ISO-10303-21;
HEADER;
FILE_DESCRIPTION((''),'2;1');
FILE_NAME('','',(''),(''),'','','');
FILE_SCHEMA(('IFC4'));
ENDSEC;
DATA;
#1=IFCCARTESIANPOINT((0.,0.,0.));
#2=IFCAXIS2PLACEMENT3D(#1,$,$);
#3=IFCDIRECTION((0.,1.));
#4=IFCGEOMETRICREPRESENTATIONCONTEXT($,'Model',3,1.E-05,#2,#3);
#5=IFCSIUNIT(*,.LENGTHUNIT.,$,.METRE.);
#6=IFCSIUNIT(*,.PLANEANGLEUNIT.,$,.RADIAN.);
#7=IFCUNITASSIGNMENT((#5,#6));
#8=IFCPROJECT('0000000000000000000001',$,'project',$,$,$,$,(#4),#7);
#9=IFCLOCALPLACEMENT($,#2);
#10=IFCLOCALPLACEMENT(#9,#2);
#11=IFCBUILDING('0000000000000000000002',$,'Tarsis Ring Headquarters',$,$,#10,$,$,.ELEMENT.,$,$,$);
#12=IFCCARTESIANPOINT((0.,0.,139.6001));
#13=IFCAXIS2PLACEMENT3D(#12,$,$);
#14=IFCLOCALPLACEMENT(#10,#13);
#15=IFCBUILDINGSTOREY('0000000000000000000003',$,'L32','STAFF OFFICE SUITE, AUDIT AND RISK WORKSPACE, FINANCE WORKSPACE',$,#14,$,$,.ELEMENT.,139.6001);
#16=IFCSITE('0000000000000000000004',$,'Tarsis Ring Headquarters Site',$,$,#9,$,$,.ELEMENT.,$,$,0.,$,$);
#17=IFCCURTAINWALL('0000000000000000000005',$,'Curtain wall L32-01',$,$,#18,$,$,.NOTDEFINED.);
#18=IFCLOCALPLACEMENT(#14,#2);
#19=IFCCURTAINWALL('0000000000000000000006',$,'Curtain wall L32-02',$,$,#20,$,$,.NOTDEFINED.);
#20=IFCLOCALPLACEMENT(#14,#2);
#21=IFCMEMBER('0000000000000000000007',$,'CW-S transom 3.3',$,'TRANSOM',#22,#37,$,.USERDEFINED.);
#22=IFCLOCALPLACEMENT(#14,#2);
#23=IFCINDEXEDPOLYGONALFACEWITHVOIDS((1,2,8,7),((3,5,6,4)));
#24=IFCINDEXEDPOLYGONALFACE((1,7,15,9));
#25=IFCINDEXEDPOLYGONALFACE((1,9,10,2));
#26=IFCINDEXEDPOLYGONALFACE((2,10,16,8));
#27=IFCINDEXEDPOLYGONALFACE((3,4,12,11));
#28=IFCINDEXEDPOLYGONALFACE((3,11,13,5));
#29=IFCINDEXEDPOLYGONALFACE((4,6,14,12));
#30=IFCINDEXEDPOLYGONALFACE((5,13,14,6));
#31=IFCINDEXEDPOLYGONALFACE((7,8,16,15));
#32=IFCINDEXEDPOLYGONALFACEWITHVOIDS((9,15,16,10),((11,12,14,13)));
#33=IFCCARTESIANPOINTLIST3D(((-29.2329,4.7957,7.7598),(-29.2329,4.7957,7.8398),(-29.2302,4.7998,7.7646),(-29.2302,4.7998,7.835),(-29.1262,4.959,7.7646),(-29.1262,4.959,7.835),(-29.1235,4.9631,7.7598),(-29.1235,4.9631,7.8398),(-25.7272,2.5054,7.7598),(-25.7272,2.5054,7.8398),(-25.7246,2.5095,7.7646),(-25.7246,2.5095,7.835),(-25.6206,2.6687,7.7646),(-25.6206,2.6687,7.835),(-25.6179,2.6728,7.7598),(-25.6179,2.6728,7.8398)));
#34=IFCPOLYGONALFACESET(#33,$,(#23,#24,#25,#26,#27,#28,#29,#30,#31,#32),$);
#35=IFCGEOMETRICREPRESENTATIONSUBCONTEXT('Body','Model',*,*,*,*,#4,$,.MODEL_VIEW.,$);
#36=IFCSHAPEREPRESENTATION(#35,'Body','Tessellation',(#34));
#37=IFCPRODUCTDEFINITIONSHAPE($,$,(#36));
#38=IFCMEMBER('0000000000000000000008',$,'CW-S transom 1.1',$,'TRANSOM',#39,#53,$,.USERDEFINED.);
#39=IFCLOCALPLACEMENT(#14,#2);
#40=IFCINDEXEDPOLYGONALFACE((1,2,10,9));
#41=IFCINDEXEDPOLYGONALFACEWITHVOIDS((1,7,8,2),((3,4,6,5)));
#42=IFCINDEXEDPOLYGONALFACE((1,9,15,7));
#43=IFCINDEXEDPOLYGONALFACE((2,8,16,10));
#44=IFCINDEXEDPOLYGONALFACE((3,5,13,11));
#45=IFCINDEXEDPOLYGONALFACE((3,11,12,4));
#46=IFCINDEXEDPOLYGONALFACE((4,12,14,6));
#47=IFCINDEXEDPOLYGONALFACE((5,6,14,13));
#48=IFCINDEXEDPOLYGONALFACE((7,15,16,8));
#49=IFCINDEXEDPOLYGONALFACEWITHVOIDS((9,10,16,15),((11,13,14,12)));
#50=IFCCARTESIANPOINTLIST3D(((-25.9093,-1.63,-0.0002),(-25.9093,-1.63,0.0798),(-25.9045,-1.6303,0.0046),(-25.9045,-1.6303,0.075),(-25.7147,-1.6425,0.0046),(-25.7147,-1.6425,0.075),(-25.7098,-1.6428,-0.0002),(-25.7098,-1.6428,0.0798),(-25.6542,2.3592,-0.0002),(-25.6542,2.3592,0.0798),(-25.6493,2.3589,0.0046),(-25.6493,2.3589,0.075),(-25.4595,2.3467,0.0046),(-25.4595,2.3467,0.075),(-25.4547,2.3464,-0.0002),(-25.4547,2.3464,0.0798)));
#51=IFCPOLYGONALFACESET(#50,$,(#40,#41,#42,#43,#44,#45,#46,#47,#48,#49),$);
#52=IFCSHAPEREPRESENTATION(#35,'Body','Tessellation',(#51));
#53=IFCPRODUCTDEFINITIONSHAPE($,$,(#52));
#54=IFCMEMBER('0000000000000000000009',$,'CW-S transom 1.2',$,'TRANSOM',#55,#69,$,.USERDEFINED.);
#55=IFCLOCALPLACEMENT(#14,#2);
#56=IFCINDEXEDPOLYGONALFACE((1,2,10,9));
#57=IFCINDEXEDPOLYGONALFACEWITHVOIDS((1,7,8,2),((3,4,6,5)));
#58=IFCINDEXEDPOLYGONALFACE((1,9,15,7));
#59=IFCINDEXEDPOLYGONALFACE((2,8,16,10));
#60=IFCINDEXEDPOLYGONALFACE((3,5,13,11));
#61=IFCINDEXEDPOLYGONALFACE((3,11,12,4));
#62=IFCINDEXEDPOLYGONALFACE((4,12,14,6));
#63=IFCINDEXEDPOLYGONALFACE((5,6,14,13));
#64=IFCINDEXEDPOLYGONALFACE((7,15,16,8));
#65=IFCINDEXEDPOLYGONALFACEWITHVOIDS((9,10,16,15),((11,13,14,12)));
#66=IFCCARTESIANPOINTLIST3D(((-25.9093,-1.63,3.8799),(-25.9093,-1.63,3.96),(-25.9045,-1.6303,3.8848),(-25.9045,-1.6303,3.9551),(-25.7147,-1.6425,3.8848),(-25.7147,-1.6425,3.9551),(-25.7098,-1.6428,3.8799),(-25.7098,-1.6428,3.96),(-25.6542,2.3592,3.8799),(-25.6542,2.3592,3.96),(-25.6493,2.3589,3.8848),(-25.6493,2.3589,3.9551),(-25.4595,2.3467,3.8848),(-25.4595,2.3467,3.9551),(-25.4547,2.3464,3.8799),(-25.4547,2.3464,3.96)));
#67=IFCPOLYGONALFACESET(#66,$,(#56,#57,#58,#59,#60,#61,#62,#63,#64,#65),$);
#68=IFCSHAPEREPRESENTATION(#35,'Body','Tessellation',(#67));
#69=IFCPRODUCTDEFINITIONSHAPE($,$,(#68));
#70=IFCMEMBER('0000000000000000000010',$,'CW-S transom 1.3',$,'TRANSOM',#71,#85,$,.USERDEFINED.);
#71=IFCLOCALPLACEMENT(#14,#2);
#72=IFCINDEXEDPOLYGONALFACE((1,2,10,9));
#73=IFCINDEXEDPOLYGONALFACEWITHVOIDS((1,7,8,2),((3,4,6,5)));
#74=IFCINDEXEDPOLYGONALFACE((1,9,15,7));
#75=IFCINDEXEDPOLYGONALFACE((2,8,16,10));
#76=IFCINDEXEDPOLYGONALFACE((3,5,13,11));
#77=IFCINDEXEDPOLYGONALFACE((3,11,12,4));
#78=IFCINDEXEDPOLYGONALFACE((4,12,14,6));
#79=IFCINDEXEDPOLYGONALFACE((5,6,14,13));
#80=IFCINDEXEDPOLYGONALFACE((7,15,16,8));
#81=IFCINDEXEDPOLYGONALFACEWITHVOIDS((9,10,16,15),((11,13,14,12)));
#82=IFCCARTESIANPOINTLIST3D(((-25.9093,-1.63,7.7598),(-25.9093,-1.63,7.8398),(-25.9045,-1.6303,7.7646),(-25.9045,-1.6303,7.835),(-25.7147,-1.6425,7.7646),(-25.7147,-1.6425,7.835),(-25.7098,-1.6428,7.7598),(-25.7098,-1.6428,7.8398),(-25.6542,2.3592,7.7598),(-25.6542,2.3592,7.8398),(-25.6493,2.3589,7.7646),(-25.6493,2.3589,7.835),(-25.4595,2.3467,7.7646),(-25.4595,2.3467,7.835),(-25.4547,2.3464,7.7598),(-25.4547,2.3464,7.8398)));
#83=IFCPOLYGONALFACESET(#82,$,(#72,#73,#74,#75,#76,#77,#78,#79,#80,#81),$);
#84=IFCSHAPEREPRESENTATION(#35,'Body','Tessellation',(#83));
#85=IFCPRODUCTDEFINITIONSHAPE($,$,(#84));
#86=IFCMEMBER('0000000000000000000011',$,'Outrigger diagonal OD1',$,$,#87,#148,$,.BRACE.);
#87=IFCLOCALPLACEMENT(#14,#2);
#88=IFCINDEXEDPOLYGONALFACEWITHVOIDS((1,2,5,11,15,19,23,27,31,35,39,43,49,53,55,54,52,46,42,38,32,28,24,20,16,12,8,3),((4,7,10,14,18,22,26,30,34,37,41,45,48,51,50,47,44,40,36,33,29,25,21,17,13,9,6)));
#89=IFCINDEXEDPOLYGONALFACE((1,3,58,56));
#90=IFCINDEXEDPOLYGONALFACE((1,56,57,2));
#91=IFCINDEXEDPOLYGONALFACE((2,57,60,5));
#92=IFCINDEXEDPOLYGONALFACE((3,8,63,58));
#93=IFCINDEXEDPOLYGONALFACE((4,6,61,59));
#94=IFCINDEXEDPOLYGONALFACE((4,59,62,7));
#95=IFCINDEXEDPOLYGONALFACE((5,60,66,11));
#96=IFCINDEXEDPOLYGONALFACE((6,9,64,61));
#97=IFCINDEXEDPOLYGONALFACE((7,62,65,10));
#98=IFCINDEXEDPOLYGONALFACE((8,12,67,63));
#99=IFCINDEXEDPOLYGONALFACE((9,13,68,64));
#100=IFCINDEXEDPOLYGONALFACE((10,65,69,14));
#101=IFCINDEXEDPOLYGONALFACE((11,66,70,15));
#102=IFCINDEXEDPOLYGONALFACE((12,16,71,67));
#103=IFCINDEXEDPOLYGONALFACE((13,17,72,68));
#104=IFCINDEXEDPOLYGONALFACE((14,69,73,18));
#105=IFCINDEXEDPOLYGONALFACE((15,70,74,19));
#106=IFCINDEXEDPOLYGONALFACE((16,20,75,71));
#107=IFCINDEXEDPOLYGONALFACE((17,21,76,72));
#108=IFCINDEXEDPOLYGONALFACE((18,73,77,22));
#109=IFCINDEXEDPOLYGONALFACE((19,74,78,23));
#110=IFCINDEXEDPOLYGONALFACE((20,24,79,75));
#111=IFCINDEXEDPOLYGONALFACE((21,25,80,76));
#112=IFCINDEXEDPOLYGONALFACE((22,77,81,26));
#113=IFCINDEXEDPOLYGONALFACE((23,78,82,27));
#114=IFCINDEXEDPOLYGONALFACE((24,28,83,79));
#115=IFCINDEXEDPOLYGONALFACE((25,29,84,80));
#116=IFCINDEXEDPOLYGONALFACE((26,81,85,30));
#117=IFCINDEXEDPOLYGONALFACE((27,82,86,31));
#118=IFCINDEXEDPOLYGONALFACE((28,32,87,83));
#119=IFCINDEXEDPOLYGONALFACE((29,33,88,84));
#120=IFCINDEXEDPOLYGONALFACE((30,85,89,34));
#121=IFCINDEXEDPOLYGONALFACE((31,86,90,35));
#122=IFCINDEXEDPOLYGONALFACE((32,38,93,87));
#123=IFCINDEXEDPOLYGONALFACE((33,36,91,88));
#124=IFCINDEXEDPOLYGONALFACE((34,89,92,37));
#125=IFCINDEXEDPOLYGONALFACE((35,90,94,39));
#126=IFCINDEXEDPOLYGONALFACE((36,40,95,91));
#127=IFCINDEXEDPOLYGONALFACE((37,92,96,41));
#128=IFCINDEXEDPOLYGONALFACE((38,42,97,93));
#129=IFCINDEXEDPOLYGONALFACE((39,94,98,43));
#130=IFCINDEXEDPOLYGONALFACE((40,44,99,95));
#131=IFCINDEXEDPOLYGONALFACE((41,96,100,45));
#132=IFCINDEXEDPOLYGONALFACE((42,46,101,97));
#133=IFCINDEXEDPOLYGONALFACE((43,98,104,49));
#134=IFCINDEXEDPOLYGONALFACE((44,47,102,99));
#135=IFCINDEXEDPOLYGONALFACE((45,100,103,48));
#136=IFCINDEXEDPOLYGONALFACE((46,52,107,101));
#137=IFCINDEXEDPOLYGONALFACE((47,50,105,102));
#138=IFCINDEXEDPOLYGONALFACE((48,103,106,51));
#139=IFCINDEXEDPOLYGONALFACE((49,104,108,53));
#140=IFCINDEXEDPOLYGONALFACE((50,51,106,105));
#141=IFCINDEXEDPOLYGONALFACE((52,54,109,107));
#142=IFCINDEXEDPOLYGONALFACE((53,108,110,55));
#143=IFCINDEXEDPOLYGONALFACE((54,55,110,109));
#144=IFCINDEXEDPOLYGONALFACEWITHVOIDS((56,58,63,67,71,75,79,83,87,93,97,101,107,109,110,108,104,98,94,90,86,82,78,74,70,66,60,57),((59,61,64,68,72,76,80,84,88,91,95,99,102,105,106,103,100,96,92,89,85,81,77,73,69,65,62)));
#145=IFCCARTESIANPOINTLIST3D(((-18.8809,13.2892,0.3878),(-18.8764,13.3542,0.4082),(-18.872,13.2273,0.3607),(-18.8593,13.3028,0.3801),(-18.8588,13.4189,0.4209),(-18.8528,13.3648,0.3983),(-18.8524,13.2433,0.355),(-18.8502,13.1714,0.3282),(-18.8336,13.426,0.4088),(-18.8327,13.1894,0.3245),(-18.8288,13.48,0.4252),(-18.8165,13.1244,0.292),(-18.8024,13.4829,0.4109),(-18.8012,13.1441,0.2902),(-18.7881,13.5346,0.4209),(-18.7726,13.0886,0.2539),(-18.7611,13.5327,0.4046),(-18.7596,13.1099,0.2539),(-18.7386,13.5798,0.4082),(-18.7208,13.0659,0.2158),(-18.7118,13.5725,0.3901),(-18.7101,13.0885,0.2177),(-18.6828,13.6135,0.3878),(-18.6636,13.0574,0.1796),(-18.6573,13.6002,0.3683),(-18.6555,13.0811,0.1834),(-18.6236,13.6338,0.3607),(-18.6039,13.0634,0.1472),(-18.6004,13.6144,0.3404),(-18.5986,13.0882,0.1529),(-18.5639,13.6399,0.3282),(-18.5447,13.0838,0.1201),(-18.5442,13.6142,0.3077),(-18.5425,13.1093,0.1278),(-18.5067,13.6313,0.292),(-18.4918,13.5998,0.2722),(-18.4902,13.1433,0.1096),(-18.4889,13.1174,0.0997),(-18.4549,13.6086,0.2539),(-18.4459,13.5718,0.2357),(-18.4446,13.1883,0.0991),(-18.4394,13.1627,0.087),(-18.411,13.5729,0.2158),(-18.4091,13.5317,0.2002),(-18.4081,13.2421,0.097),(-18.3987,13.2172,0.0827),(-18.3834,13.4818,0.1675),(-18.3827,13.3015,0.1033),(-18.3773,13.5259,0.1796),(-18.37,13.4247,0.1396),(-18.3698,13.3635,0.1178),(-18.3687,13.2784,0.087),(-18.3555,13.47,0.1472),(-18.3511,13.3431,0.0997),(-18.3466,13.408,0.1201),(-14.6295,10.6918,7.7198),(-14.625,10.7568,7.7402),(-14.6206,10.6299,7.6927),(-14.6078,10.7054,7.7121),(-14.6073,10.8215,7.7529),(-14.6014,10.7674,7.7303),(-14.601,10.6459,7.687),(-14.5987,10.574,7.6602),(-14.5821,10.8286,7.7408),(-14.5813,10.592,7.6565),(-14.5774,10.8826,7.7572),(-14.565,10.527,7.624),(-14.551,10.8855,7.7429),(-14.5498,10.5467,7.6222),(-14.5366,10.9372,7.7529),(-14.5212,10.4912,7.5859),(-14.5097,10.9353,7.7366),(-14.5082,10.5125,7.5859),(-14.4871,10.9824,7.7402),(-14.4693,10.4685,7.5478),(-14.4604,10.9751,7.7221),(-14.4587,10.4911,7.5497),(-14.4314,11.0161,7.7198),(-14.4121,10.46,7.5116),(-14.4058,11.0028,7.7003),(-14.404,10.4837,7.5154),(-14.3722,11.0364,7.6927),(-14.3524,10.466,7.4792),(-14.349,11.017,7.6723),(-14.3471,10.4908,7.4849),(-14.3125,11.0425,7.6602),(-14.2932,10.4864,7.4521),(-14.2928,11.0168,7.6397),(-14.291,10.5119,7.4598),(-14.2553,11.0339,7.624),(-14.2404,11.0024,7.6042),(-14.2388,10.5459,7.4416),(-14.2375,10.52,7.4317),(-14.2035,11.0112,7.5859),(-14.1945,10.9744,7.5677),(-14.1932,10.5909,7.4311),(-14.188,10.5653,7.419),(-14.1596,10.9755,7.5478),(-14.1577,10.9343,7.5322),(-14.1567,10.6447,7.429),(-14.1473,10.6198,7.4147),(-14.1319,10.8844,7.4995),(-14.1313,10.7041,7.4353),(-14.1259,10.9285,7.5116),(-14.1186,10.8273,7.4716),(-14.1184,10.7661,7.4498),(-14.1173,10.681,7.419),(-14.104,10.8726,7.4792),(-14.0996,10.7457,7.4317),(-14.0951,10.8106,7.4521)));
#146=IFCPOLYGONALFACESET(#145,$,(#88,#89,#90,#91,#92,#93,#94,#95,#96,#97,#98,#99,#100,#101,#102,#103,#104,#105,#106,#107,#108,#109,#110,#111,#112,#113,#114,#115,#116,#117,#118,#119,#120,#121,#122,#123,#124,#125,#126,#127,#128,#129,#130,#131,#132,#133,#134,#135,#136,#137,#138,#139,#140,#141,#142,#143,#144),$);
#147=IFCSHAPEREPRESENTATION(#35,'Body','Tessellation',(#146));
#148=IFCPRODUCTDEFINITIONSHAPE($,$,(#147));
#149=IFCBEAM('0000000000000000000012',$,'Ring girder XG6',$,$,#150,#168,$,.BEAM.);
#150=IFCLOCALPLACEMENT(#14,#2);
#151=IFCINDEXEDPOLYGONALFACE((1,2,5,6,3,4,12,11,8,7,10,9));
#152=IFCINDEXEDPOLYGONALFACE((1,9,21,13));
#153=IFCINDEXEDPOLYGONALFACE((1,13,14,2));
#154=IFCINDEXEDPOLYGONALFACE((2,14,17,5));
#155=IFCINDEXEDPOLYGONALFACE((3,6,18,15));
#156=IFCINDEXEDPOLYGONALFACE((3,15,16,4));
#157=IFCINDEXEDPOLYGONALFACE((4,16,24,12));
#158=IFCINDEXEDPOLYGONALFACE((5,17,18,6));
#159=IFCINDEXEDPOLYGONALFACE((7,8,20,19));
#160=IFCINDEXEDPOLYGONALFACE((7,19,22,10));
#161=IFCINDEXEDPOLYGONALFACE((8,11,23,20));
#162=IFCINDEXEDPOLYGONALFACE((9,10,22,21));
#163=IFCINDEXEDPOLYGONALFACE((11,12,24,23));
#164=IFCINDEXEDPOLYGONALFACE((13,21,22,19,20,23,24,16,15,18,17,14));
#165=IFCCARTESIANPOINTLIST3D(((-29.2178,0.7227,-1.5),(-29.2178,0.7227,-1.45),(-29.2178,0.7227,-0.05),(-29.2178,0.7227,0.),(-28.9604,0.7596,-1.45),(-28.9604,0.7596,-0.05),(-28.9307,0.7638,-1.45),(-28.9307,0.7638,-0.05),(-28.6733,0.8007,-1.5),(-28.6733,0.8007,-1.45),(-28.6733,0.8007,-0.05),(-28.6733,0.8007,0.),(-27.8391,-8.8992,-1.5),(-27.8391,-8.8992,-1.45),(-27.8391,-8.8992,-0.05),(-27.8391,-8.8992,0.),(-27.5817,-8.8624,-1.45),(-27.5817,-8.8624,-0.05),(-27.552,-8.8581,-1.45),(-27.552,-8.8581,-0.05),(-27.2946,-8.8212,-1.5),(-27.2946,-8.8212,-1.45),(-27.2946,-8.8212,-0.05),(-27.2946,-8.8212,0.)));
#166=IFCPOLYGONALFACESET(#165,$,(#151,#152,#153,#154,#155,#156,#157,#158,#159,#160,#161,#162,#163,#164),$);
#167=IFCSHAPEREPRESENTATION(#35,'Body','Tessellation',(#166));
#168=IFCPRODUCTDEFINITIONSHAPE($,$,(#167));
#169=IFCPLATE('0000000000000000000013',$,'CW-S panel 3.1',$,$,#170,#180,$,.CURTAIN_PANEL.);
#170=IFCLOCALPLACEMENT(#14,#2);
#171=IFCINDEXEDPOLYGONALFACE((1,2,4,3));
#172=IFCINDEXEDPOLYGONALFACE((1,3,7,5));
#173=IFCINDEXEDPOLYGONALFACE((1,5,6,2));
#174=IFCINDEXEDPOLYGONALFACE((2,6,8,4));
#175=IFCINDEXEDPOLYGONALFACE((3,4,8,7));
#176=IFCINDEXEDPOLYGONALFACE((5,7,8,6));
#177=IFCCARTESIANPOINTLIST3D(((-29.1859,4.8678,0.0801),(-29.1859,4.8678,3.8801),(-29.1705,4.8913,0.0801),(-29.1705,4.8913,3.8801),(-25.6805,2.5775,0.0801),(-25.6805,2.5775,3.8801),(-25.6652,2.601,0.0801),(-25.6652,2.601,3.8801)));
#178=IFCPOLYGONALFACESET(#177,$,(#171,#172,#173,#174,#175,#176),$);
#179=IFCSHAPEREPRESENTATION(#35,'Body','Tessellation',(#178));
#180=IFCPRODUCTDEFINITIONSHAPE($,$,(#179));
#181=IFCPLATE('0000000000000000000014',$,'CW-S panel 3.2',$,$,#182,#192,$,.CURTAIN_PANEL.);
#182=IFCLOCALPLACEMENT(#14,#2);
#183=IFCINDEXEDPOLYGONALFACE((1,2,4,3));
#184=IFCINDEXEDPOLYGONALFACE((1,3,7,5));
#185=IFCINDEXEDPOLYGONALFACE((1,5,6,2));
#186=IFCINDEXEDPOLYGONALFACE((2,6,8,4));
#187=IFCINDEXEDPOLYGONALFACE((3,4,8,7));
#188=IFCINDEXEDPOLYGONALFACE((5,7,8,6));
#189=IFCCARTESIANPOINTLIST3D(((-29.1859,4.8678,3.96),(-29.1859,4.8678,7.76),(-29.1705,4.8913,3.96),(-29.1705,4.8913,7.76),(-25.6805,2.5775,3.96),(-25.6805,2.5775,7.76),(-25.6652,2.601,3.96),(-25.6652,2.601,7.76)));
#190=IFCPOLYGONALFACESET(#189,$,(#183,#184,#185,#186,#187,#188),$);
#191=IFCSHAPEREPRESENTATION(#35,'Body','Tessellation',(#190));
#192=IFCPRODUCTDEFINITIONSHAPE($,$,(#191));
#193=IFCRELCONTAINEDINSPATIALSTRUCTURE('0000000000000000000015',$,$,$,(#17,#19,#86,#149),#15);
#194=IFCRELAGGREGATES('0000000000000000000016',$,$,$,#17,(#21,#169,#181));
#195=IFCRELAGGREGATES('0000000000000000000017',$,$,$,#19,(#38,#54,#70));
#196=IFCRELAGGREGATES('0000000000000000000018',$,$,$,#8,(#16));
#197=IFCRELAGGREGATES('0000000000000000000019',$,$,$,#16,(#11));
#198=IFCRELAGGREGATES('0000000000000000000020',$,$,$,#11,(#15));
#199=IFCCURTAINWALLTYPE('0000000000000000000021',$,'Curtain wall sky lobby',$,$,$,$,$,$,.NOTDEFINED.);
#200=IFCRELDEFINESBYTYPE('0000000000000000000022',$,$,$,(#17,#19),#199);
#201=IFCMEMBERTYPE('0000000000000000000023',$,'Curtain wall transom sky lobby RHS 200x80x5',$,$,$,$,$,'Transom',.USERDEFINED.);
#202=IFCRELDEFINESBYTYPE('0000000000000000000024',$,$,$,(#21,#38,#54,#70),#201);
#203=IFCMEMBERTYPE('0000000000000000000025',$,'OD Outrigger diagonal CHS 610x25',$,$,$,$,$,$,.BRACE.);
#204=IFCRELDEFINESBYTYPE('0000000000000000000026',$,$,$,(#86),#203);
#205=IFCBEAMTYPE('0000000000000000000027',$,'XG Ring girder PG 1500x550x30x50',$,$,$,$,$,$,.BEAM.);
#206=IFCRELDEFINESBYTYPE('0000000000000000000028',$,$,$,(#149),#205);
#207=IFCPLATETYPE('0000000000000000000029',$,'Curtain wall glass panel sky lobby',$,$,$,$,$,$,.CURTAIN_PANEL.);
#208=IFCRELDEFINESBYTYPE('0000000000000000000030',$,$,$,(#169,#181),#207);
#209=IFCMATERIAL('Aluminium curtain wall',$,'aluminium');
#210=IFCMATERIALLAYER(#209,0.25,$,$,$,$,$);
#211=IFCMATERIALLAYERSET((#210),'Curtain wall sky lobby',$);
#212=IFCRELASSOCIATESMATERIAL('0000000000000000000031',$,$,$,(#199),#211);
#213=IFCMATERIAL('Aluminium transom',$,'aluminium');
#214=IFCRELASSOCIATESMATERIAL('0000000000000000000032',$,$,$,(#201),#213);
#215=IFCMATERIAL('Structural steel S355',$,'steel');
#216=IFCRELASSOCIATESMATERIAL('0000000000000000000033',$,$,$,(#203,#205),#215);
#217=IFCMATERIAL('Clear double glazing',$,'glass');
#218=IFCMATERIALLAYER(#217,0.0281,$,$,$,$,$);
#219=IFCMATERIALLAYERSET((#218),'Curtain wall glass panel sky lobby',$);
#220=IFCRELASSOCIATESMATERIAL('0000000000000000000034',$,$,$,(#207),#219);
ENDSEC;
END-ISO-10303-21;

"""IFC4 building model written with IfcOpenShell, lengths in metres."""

from ifc_helpers import new_model, si_unit, direction, frame, origin, origin_2d, place, context, subcontext, project, spatial, rectangle, hollow_rectangle, hollow_circle, i_section, extrude, material, layer, layer_set, material_profile, profile_set, type_object, element, aggregate, save


model = new_model("IFC4")

# Units and contexts
model_context = context("Model", 3, precision=1e-05, world=origin(), true_north=direction((0.0, 1.0)))
body_context = subcontext(model_context, "Body", "Model", "MODEL_VIEW")
ifc_project = project(units=[si_unit("LENGTHUNIT", "METRE"), si_unit("PLANEANGLEUNIT", "RADIAN")], contexts=[model_context])

# Site, building, storey
site_placement = place(None, origin())
site = spatial("IfcSite", under=ifc_project, at=site_placement, Name="Tarsis Ring Headquarters Site", CompositionType="ELEMENT", RefElevation=0.0)
building_placement = place(site_placement, origin())
building = spatial("IfcBuilding", under=site, at=building_placement, Name="Tarsis Ring Headquarters", CompositionType="ELEMENT")
storey_placement = place(building_placement, frame((0.0, 0.0, 139.6001)))
storey = spatial("IfcBuildingStorey", under=building, at=storey_placement, Name="L32", Description="STAFF OFFICE SUITE, AUDIT AND RISK WORKSPACE, FINANCE WORKSPACE", CompositionType="ELEMENT", Elevation=139.6001)

# Shared definitions
ifc_material_1 = material(Name="Structural steel S355", Category="steel")

# Curtain wall
ifc_material_2 = material(Name="Aluminium curtain wall", Category="aluminium")
ifc_layer_1 = layer(ifc_material_2, 0.25)
ifc_layer_set_1 = layer_set([ifc_layer_1], Name="Curtain wall sky lobby")
curtain_wall_type = type_object("IfcCurtainWallType", Name="Curtain wall sky lobby", PredefinedType="NOTDEFINED", material=ifc_layer_set_1)
curtain_wall_1_placement = place(storey_placement, origin())
curtain_wall_1 = element("IfcCurtainWall", 1, at=curtain_wall_1_placement, inside=storey, type_object=curtain_wall_type, Name="Curtain wall L32-01", PredefinedType="NOTDEFINED")

# Curtain wall
curtain_wall_2_placement = place(storey_placement, origin())
curtain_wall_2 = element("IfcCurtainWall", 2, at=curtain_wall_2_placement, inside=storey, type_object=curtain_wall_type, Name="Curtain wall L32-02", PredefinedType="NOTDEFINED")

# Members
ifc_material_3 = material(Name="Aluminium transom", Category="aluminium")
ifc_material_profile_1 = material_profile(ifc_material_3, hollow_rectangle(XDim=0.2, YDim=0.0801, WallThickness=0.0049, at=origin_2d()), Name="RHS 200x80x5")
ifc_profile_set_1 = profile_set([ifc_material_profile_1], Name="Aluminium transom")
member_type_1 = type_object("IfcMemberType", Name="Curtain wall transom sky lobby RHS 200x80x5", ElementType="Transom", PredefinedType="USERDEFINED", material=ifc_profile_set_1)
member_1_placement = place(storey_placement, frame((-29.1782, 4.8794, 7.7998), z_axis=(0.837172, -0.54694, 0.0), x_axis=(0.54694, 0.837172, 0.0)))
member_1 = element("IfcMember", 3, at=member_1_placement, type_object=member_type_1, Name="CW-S transom 3.3", ObjectType="TRANSOM", PredefinedType="USERDEFINED", context=body_context, shape_type="SweptSolid", body=[
    extrude(hollow_rectangle(XDim=0.2, YDim=0.0801, WallThickness=0.0049, at=origin_2d()), origin(), (0.0, 0.0, 1.0), 4.1875),
])
member_2_placement = place(storey_placement, frame((-25.5544, 2.3528, 0.0398), z_axis=(-0.063823, -0.997961, 0.0), x_axis=(0.997961, -0.063823, 0.0)))
member_2 = element("IfcMember", 4, at=member_2_placement, type_object=member_type_1, Name="CW-S transom 1.1", ObjectType="TRANSOM", PredefinedType="USERDEFINED", context=body_context, shape_type="SweptSolid", body=[
    extrude(hollow_rectangle(XDim=0.2, YDim=0.0801, WallThickness=0.0049, at=origin_2d()), origin(), (0.0, 0.0, 1.0), 3.9973),
])
member_3_placement = place(storey_placement, frame((-25.5544, 2.3528, 3.9199), z_axis=(-0.063823, -0.997961, 0.0), x_axis=(0.997961, -0.063823, 0.0)))
member_3 = element("IfcMember", 5, at=member_3_placement, type_object=member_type_1, Name="CW-S transom 1.2", ObjectType="TRANSOM", PredefinedType="USERDEFINED", context=body_context, shape_type="SweptSolid", body=[
    extrude(hollow_rectangle(XDim=0.2, YDim=0.0801, WallThickness=0.0049, at=origin_2d()), origin(), (0.0, 0.0, 1.0), 3.9973),
])
member_4_placement = place(storey_placement, frame((-25.5544, 2.3528, 7.7998), z_axis=(-0.063823, -0.997961, 0.0), x_axis=(0.997961, -0.063823, 0.0)))
member_4 = element("IfcMember", 6, at=member_4_placement, type_object=member_type_1, Name="CW-S transom 1.3", ObjectType="TRANSOM", PredefinedType="USERDEFINED", context=body_context, shape_type="SweptSolid", body=[
    extrude(hollow_rectangle(XDim=0.2, YDim=0.0801, WallThickness=0.0049, at=origin_2d()), origin(), (0.0, 0.0, 1.0), 3.9973),
])
ifc_material_profile_2 = material_profile(ifc_material_1, hollow_circle(Radius=0.3047, WallThickness=0.0249, at=origin_2d()), Name="CHS 610x25")
ifc_profile_set_2 = profile_set([ifc_material_profile_2], Name="Structural steel S355")
member_type_2 = type_object("IfcMemberType", Name="OD Outrigger diagonal CHS 610x25", PredefinedType="BRACE", material=ifc_profile_set_2)
member_5_placement = place(storey_placement, frame((-14.3623, 10.7512, 7.5859), z_axis=(-0.479603, 0.293011, -0.827119), x_axis=(-0.521347, -0.853345, 0.0)))
element("IfcMember", 7, at=member_5_placement, inside=storey, type_object=member_type_2, Name="Outrigger diagonal OD1", PredefinedType="BRACE", context=body_context, shape_type="SweptSolid", body=[
    extrude(hollow_circle(Radius=0.3047, WallThickness=0.0249, at=origin_2d()), origin(), (0.0, 0.0, 1.0), 8.8645),
])

# Beam
ifc_material_profile_3 = material_profile(ifc_material_1, i_section(OverallWidth=0.55, OverallDepth=1.5, WebThickness=0.03, FlangeThickness=0.05, at=origin_2d()), Name="PG 1500x550x30x50")
ifc_profile_set_3 = profile_set([ifc_material_profile_3], Name="Structural steel S355")
beam_type = type_object("IfcBeamType", Name="XG Ring girder PG 1500x550x30x50", PredefinedType="BEAM", material=ifc_profile_set_3)
beam_placement = place(storey_placement, frame((-28.9456, 0.7617, -0.75), z_axis=(0.141836, -0.98989, 0.0), x_axis=(0.98989, 0.141836, 0.0)))
element("IfcBeam", 8, at=beam_placement, inside=storey, type_object=beam_type, Name="Ring girder XG6", PredefinedType="BEAM", context=body_context, shape_type="SweptSolid", body=[
    extrude(i_section(OverallWidth=0.55, OverallDepth=1.5, WebThickness=0.03, FlangeThickness=0.05, at=origin_2d()), origin(), (0.0, 0.0, 1.0), 9.7202),
])

# Plates
ifc_material_4 = material(Name="Clear double glazing", Category="glass")
ifc_layer_2 = layer(ifc_material_4, 0.0281)
ifc_layer_set_2 = layer_set([ifc_layer_2], Name="Curtain wall glass panel sky lobby")
plate_type = type_object("IfcPlateType", Name="Curtain wall glass panel sky lobby", PredefinedType="CURTAIN_PANEL", material=ifc_layer_set_2)
plate_1_placement = place(storey_placement, frame((-27.4255, 3.7344, 0.0801), z_axis=(0.0, 0.0, 1.0), x_axis=(0.837146, -0.546979, 0.0)))
plate_1 = element("IfcPlate", 9, at=plate_1_placement, type_object=plate_type, Name="CW-S panel 3.1", PredefinedType="CURTAIN_PANEL", context=body_context, shape_type="SweptSolid", body=[
    extrude(rectangle(XDim=4.1873, YDim=0.0281, at=origin_2d()), origin(), (0.0, 0.0, 1.0), 3.8),
])
plate_2_placement = place(storey_placement, frame((-27.4255, 3.7344, 3.96), z_axis=(0.0, 0.0, 1.0), x_axis=(0.837146, -0.546979, 0.0)))
plate_2 = element("IfcPlate", 10, at=plate_2_placement, type_object=plate_type, Name="CW-S panel 3.2", PredefinedType="CURTAIN_PANEL", context=body_context, shape_type="SweptSolid", body=[
    extrude(rectangle(XDim=4.1873, YDim=0.0281, at=origin_2d()), origin(), (0.0, 0.0, 1.0), 3.8),
])
aggregate(curtain_wall_1, [member_1, plate_1, plate_2])
aggregate(curtain_wall_2, [member_2, member_3, member_4])

save(model, "model.ifc")
